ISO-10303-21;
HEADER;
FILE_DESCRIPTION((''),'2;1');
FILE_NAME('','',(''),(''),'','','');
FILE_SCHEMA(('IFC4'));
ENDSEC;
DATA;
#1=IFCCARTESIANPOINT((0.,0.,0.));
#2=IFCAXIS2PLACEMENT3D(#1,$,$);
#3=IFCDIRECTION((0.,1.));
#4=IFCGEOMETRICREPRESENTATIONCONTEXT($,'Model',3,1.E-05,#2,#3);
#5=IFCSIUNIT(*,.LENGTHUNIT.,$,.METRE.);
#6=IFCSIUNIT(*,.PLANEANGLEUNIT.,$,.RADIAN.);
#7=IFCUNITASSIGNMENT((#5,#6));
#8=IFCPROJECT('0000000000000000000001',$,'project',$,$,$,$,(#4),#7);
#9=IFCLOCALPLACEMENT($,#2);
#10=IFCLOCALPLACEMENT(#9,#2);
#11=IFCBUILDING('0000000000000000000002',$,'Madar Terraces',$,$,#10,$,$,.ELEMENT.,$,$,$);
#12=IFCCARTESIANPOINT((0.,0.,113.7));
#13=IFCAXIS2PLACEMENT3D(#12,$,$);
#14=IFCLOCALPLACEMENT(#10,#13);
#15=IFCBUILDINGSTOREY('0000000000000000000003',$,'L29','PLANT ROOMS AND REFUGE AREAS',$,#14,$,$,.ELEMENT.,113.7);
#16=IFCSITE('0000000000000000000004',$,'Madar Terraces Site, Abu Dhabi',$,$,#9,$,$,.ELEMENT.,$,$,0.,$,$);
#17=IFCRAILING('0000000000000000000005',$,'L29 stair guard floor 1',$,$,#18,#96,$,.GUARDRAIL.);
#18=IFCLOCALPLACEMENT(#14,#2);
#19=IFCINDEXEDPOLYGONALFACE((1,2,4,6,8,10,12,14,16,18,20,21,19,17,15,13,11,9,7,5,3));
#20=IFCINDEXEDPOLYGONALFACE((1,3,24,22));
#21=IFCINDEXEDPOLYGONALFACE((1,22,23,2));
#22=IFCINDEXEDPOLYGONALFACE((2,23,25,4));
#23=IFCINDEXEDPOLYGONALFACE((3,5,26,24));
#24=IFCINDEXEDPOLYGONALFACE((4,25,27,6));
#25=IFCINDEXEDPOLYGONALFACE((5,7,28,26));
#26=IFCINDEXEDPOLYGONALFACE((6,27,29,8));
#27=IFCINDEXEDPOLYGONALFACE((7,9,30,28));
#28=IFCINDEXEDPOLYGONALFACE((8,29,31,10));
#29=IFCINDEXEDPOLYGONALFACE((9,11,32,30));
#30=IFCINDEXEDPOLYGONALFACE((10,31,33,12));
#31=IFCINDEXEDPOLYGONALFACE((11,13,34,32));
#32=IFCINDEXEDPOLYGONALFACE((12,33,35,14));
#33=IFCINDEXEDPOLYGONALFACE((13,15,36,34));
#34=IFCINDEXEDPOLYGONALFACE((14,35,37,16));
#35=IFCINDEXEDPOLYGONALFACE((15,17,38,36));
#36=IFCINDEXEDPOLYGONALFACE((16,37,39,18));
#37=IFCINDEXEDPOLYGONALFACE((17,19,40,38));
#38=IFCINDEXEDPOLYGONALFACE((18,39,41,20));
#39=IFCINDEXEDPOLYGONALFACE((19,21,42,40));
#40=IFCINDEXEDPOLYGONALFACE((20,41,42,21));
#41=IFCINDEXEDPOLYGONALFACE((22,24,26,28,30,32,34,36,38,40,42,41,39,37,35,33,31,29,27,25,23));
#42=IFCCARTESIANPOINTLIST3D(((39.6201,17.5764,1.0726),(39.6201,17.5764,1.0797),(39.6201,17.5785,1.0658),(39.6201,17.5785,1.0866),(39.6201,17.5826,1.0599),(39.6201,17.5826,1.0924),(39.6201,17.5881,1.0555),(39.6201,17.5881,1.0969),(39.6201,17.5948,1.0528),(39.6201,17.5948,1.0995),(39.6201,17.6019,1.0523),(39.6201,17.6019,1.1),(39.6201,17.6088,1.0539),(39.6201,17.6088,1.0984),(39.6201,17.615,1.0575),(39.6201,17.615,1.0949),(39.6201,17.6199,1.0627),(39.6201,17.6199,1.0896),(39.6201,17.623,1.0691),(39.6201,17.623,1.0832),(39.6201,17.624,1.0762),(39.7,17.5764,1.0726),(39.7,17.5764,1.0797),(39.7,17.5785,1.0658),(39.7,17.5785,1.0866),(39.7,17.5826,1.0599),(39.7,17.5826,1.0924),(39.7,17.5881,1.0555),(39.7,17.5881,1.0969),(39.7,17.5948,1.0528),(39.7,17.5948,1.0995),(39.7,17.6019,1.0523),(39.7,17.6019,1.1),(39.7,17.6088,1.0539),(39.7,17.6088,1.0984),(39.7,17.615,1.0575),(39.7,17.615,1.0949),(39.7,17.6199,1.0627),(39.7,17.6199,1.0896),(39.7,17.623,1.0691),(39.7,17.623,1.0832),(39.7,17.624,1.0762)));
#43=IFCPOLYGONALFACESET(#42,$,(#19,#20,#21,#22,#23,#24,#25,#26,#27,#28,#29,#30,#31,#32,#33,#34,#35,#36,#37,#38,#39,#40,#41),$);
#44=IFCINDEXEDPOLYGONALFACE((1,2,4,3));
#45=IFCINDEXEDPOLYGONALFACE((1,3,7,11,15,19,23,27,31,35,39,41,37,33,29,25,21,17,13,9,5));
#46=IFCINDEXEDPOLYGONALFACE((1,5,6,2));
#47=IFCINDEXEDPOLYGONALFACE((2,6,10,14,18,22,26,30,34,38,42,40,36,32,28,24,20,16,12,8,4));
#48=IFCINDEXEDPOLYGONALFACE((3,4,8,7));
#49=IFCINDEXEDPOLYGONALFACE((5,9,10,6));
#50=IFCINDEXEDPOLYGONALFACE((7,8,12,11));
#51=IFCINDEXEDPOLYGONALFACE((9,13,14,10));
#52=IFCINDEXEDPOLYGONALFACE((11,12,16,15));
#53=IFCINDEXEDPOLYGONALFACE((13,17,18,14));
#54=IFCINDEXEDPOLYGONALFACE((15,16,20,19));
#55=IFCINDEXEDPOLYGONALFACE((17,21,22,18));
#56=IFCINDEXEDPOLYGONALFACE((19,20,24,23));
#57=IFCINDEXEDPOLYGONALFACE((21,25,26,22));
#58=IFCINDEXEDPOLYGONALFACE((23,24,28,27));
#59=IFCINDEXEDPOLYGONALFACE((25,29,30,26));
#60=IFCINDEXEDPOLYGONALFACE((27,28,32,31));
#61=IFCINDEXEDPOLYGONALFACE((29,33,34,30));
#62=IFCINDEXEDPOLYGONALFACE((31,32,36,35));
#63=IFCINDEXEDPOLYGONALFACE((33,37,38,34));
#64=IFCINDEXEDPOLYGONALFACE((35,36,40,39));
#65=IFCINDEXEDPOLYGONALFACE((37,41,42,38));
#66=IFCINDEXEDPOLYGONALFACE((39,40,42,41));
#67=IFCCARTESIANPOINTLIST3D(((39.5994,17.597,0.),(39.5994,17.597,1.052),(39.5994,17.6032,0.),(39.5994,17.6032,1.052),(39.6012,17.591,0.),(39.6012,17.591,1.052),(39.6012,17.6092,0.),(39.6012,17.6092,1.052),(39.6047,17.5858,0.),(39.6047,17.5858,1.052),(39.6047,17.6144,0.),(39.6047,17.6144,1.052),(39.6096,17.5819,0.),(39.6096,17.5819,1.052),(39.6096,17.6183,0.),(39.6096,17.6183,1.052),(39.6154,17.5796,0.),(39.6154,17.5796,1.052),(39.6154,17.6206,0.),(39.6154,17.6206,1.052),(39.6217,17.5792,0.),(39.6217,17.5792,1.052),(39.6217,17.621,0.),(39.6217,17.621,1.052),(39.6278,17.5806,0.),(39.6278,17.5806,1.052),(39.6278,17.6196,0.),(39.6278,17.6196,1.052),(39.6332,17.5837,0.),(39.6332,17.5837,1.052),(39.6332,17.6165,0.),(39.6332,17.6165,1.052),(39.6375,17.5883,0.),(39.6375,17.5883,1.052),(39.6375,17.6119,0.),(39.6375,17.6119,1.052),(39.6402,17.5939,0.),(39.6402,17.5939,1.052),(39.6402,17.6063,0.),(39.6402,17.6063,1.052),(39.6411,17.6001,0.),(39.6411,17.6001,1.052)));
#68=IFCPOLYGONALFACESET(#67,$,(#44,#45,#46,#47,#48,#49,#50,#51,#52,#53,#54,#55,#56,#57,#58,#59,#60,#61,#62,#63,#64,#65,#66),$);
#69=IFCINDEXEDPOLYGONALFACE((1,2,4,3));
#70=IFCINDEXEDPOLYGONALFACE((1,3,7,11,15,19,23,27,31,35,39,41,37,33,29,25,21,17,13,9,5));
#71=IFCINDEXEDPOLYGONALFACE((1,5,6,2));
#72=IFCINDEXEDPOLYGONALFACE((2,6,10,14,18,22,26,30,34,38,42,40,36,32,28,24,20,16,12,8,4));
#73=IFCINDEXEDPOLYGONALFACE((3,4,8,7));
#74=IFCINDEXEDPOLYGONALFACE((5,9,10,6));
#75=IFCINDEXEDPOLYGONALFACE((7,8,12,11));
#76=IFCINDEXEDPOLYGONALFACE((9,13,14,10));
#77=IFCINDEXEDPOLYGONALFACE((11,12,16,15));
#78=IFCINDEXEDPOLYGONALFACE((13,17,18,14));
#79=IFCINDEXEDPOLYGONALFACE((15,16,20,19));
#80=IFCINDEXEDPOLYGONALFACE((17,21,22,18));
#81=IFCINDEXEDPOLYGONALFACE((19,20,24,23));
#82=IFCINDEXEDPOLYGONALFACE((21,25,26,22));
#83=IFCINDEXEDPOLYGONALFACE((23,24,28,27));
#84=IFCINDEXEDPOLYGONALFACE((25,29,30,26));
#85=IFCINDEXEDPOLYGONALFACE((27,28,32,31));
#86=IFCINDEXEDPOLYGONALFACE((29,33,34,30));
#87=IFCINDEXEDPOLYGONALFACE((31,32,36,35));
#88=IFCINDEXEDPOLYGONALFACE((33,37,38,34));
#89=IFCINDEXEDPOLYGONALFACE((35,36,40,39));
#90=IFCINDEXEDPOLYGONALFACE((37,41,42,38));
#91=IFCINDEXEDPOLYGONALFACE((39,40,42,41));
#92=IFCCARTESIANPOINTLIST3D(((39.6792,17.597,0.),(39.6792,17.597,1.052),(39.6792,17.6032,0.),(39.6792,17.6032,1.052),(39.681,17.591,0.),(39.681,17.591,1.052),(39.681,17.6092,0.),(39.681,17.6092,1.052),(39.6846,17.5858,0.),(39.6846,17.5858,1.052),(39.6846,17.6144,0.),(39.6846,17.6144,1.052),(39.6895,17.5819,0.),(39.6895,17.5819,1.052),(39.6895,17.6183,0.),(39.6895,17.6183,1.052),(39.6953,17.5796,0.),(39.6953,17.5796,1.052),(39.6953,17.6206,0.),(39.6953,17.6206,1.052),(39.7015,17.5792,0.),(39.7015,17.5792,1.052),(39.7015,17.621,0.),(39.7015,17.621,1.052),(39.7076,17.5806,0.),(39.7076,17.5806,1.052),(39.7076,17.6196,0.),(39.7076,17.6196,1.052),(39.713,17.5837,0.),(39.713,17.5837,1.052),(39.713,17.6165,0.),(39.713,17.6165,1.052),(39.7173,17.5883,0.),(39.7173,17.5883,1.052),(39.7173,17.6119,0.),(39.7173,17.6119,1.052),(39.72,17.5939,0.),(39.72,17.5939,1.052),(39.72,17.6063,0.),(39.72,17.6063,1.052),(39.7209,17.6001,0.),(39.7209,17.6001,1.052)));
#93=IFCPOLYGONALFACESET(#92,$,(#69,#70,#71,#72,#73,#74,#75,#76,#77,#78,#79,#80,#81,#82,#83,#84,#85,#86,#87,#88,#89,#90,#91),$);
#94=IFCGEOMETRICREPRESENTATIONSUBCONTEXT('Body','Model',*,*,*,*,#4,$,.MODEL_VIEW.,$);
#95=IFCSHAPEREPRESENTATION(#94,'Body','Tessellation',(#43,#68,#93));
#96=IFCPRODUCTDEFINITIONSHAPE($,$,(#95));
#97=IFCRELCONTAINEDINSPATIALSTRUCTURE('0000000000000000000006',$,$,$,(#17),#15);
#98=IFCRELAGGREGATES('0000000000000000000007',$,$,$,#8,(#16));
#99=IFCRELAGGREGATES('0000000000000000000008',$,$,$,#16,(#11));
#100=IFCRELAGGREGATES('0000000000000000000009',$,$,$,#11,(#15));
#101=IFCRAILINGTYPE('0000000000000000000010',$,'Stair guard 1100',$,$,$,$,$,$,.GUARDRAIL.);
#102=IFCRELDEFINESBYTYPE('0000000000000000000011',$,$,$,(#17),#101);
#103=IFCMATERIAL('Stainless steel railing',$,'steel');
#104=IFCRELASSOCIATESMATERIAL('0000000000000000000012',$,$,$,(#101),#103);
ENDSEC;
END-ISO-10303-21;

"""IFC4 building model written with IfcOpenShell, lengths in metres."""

from ifc_helpers import new_model, si_unit, direction, frame, origin, origin_2d, place, context, subcontext, project, spatial, circle, extrude, material, type_object, element, save


model = new_model("IFC4")

# Units and contexts
model_context = context("Model", 3, precision=1e-05, world=origin(), true_north=direction((0.0, 1.0)))
body_context = subcontext(model_context, "Body", "Model", "MODEL_VIEW")
ifc_project = project(units=[si_unit("LENGTHUNIT", "METRE"), si_unit("PLANEANGLEUNIT", "RADIAN")], contexts=[model_context])

# Site, building, storey
site_placement = place(None, origin())
site = spatial("IfcSite", under=ifc_project, at=site_placement, Name="Madar Terraces Site, Abu Dhabi", CompositionType="ELEMENT", RefElevation=0.0)
building_placement = place(site_placement, origin())
building = spatial("IfcBuilding", under=site, at=building_placement, Name="Madar Terraces", CompositionType="ELEMENT")
storey_placement = place(building_placement, frame((0.0, 0.0, 113.7)))
storey = spatial("IfcBuildingStorey", under=building, at=storey_placement, Name="L29", Description="PLANT ROOMS AND REFUGE AREAS", CompositionType="ELEMENT", Elevation=113.7)

# Railing
ifc_material_1 = material(Name="Stainless steel railing", Category="steel")
railing_type_1 = type_object("IfcRailingType", Name="Stair guard 1100", PredefinedType="GUARDRAIL", material=ifc_material_1)
for number, where, name in (
    (1, (39.6201, 17.6001, 0.0), "L29 stair guard floor 1"),
):
    element("IfcRailing", number, at=place(storey_placement, frame(where)), inside=storey, type_object=railing_type_1, Name=name, PredefinedType="GUARDRAIL", context=body_context, shape_type="SweptSolid", body=[
        extrude(circle(Radius=0.0239, at=origin_2d()), frame((0.0, 0.0, 1.0762), z_axis=(1.0, 0.0, 0.0), x_axis=(0.0, 1.0, 0.0)), (0.0, 0.0, 1.0), 0.0798),
        extrude(circle(Radius=0.021, at=origin_2d()), origin(), (0.0, 0.0, 1.0), 1.052),
        extrude(circle(Radius=0.021, at=origin_2d()), frame((0.0798, 0.0, 0.0)), (0.0, 0.0, 1.0), 1.052),
    ])

save(model, "model.ifc")
